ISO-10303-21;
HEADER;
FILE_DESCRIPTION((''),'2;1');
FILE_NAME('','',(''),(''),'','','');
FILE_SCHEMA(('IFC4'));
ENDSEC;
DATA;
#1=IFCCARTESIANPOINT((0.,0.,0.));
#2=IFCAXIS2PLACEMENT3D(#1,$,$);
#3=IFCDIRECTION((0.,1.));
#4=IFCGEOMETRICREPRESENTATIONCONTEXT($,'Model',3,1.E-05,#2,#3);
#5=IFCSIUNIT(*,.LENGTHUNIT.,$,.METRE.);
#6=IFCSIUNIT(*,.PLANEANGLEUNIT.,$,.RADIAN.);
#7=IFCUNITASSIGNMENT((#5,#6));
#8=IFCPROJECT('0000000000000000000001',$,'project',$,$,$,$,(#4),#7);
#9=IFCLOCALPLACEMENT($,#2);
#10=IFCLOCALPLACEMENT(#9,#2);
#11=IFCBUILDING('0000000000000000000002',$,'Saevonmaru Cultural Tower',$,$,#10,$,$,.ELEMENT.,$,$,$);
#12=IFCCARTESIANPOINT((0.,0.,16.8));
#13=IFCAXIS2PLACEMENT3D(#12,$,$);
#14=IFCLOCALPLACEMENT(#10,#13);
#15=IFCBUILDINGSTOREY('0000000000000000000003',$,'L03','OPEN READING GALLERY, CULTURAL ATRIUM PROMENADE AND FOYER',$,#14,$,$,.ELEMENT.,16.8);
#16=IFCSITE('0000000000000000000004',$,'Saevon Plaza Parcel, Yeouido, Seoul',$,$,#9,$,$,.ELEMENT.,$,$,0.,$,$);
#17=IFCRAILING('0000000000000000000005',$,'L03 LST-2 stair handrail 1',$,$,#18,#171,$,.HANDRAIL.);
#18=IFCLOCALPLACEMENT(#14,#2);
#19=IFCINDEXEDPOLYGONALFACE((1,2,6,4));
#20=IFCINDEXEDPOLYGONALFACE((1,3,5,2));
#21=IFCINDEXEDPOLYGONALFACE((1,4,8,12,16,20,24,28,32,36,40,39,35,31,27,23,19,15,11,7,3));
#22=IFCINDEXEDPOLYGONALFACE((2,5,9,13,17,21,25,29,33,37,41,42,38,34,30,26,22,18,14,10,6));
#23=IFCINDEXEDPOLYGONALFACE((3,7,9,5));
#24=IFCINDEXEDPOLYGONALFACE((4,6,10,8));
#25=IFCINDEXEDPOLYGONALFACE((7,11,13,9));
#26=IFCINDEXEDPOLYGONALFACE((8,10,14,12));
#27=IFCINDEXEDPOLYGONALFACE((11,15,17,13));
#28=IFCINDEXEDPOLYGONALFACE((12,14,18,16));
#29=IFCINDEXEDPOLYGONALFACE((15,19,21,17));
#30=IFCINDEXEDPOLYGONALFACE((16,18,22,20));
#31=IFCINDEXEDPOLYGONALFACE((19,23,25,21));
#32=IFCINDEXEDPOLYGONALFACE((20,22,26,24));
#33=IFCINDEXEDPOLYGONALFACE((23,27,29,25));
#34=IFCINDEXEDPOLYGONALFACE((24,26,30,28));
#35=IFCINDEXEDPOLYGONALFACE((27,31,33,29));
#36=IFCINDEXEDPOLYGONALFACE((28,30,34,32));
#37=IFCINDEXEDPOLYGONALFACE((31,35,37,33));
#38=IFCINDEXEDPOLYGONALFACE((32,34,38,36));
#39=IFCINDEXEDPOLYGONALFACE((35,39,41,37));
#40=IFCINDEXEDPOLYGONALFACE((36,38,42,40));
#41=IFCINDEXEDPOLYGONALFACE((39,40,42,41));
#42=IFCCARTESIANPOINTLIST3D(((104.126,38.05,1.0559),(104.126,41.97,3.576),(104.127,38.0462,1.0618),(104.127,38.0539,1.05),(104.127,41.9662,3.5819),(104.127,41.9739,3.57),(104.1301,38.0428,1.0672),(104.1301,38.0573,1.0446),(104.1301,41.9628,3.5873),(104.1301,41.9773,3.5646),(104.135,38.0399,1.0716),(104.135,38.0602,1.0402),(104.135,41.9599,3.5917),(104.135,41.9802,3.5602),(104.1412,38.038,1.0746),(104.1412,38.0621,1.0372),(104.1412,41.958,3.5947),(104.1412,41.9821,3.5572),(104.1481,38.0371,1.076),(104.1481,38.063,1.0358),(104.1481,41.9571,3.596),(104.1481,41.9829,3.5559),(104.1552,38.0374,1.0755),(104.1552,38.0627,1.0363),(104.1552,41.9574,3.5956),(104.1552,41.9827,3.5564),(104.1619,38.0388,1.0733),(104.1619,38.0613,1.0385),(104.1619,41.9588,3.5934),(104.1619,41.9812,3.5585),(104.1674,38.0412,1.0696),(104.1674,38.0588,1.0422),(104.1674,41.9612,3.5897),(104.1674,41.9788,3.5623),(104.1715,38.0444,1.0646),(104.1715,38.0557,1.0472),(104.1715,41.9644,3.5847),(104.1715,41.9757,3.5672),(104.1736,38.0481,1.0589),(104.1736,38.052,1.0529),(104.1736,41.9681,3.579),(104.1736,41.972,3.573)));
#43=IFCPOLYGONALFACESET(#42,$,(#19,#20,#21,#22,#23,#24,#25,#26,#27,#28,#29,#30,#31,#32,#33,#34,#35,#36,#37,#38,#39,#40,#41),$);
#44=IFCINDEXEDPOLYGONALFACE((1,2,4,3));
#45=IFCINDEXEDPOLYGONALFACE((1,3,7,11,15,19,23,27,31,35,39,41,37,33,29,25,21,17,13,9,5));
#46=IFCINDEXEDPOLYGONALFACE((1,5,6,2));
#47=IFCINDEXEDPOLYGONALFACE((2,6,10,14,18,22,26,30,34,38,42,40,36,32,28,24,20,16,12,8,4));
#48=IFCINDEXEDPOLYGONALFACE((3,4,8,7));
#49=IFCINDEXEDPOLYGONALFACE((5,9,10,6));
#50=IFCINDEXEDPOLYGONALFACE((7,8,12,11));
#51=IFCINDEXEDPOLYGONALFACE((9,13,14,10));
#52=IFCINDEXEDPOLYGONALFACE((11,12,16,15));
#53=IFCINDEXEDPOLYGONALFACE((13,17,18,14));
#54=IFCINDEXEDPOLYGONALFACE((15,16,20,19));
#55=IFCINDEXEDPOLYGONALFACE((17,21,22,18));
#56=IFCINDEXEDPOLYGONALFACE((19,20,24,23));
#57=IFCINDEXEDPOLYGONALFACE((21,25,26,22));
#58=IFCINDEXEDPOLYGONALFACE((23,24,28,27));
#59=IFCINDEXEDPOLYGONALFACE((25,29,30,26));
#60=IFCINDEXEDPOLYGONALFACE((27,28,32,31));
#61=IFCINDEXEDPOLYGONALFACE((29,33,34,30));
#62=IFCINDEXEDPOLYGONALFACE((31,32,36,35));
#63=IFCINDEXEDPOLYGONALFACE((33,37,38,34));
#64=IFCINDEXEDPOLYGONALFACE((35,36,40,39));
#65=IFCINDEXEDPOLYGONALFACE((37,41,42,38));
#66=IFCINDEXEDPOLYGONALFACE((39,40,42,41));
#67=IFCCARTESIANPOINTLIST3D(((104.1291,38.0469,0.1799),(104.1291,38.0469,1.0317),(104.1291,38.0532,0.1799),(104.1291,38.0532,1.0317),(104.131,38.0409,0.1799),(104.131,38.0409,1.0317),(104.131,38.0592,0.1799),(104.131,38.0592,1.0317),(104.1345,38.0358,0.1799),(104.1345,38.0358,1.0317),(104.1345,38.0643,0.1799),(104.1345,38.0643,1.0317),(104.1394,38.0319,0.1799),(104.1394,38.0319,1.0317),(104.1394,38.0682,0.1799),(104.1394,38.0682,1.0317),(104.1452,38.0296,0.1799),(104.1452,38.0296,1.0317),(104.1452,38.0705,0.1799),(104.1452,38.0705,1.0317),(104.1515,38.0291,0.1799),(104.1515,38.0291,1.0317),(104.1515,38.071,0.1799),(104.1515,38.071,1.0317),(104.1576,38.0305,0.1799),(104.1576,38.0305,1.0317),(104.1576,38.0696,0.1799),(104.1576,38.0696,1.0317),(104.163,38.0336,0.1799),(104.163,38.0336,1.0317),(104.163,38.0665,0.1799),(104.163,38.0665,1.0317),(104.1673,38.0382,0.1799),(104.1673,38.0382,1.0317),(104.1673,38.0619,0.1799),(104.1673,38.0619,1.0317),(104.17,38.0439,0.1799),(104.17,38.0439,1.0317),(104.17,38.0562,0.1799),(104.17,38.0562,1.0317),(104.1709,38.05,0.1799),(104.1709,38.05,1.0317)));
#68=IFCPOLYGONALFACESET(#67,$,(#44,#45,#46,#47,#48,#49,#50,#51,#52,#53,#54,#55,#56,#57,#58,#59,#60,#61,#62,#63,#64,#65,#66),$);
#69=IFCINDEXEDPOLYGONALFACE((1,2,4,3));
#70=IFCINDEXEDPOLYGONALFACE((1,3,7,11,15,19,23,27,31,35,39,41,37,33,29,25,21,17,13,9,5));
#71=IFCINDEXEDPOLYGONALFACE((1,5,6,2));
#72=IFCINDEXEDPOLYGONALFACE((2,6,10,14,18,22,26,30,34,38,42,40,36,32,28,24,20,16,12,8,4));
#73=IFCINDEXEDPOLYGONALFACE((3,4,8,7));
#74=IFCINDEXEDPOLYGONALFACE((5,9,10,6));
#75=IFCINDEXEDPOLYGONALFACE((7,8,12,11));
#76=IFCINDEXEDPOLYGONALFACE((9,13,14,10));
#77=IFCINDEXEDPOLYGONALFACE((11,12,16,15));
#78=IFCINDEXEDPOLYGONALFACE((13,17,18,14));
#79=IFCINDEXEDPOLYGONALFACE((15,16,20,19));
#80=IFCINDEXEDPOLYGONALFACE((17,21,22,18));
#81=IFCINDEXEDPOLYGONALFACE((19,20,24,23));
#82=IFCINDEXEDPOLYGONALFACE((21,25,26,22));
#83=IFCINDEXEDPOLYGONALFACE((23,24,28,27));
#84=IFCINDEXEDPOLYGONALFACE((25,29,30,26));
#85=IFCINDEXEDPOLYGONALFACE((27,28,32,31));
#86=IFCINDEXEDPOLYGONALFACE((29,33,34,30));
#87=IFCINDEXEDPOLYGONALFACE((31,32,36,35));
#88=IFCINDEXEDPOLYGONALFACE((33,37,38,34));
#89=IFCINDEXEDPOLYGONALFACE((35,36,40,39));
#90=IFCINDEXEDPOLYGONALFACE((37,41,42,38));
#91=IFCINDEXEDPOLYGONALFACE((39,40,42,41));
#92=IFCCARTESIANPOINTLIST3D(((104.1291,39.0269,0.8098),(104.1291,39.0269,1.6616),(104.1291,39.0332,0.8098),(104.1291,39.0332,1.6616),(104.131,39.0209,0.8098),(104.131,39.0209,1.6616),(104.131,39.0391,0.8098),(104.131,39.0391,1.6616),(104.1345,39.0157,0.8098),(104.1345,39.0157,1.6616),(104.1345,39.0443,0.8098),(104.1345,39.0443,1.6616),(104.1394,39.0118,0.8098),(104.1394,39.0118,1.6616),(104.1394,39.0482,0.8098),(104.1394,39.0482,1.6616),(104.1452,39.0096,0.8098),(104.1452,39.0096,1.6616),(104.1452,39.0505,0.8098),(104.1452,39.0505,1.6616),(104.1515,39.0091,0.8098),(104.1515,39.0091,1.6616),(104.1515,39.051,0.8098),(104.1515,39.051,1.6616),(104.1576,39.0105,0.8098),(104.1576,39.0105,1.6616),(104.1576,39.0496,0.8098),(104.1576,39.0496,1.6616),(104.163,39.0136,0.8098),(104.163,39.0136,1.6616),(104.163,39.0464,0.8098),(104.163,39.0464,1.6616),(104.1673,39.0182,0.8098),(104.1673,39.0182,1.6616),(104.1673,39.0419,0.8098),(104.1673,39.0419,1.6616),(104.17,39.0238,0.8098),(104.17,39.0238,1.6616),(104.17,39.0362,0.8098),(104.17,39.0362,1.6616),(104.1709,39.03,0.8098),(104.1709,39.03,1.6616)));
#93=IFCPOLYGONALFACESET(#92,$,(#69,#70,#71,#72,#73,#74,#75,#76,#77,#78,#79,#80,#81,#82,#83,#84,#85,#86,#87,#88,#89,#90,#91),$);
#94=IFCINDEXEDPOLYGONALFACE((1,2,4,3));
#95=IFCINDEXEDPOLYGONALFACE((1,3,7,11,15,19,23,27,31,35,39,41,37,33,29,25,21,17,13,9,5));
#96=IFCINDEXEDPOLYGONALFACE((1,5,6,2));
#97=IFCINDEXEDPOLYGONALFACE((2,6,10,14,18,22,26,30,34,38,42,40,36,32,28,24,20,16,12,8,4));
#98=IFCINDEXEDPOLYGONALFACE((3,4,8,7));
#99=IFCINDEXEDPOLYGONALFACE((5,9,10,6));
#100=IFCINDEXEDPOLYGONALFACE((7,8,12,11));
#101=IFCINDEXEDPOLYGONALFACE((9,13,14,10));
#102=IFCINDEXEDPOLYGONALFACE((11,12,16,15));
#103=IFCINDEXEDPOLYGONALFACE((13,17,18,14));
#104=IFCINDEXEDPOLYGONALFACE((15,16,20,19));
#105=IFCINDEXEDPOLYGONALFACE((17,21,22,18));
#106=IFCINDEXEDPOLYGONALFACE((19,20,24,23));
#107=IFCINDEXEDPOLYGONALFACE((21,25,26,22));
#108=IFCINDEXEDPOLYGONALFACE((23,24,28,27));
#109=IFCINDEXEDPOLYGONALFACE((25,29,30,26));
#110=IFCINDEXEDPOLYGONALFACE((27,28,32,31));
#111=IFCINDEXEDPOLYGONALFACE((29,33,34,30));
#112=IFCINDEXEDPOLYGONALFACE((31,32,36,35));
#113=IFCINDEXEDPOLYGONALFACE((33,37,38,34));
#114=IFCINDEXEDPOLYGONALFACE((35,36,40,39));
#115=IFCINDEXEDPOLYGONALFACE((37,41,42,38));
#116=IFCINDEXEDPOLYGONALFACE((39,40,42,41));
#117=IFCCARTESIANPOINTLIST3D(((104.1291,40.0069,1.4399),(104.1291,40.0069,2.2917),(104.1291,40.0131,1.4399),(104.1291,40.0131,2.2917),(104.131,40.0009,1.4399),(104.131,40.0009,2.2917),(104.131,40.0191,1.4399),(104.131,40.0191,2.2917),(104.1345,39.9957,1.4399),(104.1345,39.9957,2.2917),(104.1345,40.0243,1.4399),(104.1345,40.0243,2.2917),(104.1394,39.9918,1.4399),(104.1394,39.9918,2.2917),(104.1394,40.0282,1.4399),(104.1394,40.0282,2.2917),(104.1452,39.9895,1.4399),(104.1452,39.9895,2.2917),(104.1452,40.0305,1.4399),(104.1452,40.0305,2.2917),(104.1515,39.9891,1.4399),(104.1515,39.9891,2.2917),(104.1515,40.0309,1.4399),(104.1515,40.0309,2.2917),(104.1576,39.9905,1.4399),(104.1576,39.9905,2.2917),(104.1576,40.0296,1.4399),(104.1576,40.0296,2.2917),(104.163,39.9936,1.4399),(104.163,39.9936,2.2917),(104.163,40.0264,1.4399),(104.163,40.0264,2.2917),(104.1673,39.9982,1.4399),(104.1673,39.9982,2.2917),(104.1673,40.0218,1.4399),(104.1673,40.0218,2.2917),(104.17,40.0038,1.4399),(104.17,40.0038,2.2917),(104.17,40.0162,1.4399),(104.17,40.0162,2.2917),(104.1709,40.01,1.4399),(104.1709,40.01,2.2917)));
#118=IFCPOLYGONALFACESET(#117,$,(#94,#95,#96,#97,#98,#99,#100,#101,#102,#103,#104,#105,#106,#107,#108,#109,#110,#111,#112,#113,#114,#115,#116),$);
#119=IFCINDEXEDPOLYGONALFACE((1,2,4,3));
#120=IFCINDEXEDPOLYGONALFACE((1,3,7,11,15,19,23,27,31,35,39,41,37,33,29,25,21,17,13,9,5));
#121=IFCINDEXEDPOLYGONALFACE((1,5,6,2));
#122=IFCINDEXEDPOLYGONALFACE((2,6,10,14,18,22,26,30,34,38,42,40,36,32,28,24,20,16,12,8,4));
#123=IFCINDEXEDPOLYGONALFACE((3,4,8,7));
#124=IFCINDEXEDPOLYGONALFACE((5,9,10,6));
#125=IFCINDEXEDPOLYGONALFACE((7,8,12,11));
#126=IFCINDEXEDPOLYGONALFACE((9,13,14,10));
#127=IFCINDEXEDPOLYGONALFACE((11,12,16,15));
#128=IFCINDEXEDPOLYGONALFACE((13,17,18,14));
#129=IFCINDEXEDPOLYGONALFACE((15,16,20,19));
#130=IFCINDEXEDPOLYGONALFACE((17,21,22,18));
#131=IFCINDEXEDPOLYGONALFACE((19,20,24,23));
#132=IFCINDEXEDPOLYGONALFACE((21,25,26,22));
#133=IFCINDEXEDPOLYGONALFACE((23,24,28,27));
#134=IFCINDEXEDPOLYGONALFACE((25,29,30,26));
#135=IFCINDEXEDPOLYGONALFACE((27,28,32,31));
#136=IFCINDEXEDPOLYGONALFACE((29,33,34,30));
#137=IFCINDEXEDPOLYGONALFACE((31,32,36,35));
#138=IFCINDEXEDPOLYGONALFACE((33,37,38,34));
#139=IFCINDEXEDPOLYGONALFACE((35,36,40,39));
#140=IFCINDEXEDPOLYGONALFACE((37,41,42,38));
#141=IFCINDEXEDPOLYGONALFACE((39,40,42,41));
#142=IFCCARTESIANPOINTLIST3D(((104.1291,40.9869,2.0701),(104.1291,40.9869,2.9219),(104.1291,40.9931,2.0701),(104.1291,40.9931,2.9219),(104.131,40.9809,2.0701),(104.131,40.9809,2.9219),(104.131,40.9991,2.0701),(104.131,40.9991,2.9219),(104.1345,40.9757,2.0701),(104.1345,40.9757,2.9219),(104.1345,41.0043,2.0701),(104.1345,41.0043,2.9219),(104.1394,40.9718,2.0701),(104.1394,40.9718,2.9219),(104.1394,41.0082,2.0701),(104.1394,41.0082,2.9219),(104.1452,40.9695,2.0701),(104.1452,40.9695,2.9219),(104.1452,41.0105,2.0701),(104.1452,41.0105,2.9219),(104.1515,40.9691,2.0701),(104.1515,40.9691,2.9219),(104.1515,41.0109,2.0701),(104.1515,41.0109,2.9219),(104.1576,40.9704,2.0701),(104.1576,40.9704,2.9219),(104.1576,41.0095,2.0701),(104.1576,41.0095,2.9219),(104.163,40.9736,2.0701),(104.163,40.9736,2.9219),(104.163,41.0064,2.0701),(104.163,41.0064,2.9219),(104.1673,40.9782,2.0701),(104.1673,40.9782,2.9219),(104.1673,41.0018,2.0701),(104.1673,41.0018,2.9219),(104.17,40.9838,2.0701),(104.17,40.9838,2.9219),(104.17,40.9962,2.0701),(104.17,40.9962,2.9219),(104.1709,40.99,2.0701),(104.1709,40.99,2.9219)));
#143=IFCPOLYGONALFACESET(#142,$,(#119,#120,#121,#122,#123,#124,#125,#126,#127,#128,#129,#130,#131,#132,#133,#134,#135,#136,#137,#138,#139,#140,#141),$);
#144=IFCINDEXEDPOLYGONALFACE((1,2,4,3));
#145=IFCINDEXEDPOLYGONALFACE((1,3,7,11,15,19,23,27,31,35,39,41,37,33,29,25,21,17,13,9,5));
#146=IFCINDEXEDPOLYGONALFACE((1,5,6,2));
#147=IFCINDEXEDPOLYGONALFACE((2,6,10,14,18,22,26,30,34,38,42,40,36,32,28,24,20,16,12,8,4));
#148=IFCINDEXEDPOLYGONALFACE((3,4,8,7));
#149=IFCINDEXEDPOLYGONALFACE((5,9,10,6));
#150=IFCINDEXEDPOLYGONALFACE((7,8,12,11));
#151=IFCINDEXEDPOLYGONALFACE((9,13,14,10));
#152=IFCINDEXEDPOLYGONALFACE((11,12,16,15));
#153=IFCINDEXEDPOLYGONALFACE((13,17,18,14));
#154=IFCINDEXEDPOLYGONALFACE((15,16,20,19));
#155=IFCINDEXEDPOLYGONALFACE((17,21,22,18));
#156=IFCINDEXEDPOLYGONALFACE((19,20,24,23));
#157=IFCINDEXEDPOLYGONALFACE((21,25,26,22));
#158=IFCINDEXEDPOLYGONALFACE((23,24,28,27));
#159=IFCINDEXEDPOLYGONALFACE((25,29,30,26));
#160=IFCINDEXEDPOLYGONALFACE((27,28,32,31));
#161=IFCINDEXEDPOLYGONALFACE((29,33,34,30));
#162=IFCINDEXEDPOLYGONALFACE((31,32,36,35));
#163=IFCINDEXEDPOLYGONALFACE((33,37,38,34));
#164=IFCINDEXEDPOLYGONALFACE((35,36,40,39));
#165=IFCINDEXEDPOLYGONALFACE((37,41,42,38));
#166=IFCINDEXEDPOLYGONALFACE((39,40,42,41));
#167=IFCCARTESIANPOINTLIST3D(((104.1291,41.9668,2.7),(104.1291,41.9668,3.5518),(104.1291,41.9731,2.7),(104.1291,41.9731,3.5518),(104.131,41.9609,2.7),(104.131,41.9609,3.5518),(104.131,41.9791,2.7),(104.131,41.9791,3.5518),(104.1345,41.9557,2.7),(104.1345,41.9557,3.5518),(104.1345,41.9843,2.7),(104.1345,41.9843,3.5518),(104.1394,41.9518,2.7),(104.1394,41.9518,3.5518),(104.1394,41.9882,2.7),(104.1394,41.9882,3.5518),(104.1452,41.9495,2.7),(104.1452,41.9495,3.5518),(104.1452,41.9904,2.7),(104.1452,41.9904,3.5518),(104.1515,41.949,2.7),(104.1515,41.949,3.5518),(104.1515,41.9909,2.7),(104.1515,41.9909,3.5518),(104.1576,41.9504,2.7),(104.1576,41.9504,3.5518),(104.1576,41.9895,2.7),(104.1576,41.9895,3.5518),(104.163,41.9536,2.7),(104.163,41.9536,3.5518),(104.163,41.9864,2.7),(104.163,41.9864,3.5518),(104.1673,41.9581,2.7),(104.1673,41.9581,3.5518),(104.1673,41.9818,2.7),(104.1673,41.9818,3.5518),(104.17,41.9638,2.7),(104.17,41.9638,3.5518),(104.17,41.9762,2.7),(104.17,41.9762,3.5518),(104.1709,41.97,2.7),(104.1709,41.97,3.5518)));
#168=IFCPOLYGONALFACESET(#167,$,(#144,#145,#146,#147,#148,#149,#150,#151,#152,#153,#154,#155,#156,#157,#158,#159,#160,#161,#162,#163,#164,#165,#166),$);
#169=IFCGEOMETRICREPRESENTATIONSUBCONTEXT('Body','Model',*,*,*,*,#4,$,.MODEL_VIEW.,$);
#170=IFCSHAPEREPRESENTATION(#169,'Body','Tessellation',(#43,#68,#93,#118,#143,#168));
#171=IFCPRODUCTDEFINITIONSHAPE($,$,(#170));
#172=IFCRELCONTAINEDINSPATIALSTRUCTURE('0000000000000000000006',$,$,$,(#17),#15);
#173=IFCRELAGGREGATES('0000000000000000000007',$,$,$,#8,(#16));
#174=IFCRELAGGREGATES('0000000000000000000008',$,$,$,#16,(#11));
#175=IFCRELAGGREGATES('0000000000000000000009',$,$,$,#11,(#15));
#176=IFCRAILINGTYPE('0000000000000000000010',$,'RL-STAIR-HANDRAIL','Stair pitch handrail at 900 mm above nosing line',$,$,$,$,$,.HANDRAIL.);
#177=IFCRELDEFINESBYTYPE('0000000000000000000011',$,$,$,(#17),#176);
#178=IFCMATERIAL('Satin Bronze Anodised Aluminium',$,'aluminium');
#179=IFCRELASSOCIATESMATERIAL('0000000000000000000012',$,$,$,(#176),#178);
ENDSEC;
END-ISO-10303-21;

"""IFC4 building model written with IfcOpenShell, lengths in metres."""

from ifc_helpers import new_model, si_unit, direction, frame, origin, origin_2d, place, context, subcontext, project, spatial, circle, extrude, material, type_object, element, save


model = new_model("IFC4")

# Units and contexts
model_context = context("Model", 3, precision=1e-05, world=origin(), true_north=direction((0.0, 1.0)))
body_context = subcontext(model_context, "Body", "Model", "MODEL_VIEW")
ifc_project = project(units=[si_unit("LENGTHUNIT", "METRE"), si_unit("PLANEANGLEUNIT", "RADIAN")], contexts=[model_context])

# Site, building, storey
site_placement = place(None, origin())
site = spatial("IfcSite", under=ifc_project, at=site_placement, Name="Saevon Plaza Parcel, Yeouido, Seoul", CompositionType="ELEMENT", RefElevation=0.0)
building_placement = place(site_placement, origin())
building = spatial("IfcBuilding", under=site, at=building_placement, Name="Saevonmaru Cultural Tower", CompositionType="ELEMENT")
storey_placement = place(building_placement, frame((0.0, 0.0, 16.8)))
storey = spatial("IfcBuildingStorey", under=building, at=storey_placement, Name="L03", Description="OPEN READING GALLERY, CULTURAL ATRIUM PROMENADE AND FOYER", CompositionType="ELEMENT", Elevation=16.8)

# Shared definitions
ifc_material_1 = material(Name="Satin Bronze Anodised Aluminium", Category="aluminium")

# Railing
railing_type_1 = type_object("IfcRailingType", Name="RL-STAIR-HANDRAIL", Description="Stair pitch handrail at 900 mm above nosing line", PredefinedType="HANDRAIL", material=ifc_material_1)
railing_1_placement = place(storey_placement, frame((104.1499, 38.05, 0.1799)))
element("IfcRailing", 1, at=railing_1_placement, inside=storey, type_object=railing_type_1, Name="L03 LST-2 stair handrail 1", PredefinedType="HANDRAIL", context=body_context, shape_type="SweptSolid", body=[
    extrude(circle(Radius=0.0239, at=origin_2d()), frame((0.0, 0.0, 0.876), z_axis=(0.0, 0.841172, 0.540768), x_axis=(-1.0, 0.0, 0.0)), (0.0, 0.0, 1.0), 4.6602),
    extrude(circle(Radius=0.021, at=origin_2d()), origin(), (0.0, 0.0, 1.0), 0.8518),
    extrude(circle(Radius=0.021, at=origin_2d()), frame((0.0, 0.98, 0.6299)), (0.0, 0.0, 1.0), 0.8518),
    extrude(circle(Radius=0.021, at=origin_2d()), frame((0.0, 1.96, 1.26)), (0.0, 0.0, 1.0), 0.8518),
    extrude(circle(Radius=0.021, at=origin_2d()), frame((0.0, 2.9399, 1.8901)), (0.0, 0.0, 1.0), 0.8518),
    extrude(circle(Radius=0.021, at=origin_2d()), frame((0.0, 3.9199, 2.52)), (0.0, 0.0, 1.0), 0.8518),
])

save(model, "model.ifc")
